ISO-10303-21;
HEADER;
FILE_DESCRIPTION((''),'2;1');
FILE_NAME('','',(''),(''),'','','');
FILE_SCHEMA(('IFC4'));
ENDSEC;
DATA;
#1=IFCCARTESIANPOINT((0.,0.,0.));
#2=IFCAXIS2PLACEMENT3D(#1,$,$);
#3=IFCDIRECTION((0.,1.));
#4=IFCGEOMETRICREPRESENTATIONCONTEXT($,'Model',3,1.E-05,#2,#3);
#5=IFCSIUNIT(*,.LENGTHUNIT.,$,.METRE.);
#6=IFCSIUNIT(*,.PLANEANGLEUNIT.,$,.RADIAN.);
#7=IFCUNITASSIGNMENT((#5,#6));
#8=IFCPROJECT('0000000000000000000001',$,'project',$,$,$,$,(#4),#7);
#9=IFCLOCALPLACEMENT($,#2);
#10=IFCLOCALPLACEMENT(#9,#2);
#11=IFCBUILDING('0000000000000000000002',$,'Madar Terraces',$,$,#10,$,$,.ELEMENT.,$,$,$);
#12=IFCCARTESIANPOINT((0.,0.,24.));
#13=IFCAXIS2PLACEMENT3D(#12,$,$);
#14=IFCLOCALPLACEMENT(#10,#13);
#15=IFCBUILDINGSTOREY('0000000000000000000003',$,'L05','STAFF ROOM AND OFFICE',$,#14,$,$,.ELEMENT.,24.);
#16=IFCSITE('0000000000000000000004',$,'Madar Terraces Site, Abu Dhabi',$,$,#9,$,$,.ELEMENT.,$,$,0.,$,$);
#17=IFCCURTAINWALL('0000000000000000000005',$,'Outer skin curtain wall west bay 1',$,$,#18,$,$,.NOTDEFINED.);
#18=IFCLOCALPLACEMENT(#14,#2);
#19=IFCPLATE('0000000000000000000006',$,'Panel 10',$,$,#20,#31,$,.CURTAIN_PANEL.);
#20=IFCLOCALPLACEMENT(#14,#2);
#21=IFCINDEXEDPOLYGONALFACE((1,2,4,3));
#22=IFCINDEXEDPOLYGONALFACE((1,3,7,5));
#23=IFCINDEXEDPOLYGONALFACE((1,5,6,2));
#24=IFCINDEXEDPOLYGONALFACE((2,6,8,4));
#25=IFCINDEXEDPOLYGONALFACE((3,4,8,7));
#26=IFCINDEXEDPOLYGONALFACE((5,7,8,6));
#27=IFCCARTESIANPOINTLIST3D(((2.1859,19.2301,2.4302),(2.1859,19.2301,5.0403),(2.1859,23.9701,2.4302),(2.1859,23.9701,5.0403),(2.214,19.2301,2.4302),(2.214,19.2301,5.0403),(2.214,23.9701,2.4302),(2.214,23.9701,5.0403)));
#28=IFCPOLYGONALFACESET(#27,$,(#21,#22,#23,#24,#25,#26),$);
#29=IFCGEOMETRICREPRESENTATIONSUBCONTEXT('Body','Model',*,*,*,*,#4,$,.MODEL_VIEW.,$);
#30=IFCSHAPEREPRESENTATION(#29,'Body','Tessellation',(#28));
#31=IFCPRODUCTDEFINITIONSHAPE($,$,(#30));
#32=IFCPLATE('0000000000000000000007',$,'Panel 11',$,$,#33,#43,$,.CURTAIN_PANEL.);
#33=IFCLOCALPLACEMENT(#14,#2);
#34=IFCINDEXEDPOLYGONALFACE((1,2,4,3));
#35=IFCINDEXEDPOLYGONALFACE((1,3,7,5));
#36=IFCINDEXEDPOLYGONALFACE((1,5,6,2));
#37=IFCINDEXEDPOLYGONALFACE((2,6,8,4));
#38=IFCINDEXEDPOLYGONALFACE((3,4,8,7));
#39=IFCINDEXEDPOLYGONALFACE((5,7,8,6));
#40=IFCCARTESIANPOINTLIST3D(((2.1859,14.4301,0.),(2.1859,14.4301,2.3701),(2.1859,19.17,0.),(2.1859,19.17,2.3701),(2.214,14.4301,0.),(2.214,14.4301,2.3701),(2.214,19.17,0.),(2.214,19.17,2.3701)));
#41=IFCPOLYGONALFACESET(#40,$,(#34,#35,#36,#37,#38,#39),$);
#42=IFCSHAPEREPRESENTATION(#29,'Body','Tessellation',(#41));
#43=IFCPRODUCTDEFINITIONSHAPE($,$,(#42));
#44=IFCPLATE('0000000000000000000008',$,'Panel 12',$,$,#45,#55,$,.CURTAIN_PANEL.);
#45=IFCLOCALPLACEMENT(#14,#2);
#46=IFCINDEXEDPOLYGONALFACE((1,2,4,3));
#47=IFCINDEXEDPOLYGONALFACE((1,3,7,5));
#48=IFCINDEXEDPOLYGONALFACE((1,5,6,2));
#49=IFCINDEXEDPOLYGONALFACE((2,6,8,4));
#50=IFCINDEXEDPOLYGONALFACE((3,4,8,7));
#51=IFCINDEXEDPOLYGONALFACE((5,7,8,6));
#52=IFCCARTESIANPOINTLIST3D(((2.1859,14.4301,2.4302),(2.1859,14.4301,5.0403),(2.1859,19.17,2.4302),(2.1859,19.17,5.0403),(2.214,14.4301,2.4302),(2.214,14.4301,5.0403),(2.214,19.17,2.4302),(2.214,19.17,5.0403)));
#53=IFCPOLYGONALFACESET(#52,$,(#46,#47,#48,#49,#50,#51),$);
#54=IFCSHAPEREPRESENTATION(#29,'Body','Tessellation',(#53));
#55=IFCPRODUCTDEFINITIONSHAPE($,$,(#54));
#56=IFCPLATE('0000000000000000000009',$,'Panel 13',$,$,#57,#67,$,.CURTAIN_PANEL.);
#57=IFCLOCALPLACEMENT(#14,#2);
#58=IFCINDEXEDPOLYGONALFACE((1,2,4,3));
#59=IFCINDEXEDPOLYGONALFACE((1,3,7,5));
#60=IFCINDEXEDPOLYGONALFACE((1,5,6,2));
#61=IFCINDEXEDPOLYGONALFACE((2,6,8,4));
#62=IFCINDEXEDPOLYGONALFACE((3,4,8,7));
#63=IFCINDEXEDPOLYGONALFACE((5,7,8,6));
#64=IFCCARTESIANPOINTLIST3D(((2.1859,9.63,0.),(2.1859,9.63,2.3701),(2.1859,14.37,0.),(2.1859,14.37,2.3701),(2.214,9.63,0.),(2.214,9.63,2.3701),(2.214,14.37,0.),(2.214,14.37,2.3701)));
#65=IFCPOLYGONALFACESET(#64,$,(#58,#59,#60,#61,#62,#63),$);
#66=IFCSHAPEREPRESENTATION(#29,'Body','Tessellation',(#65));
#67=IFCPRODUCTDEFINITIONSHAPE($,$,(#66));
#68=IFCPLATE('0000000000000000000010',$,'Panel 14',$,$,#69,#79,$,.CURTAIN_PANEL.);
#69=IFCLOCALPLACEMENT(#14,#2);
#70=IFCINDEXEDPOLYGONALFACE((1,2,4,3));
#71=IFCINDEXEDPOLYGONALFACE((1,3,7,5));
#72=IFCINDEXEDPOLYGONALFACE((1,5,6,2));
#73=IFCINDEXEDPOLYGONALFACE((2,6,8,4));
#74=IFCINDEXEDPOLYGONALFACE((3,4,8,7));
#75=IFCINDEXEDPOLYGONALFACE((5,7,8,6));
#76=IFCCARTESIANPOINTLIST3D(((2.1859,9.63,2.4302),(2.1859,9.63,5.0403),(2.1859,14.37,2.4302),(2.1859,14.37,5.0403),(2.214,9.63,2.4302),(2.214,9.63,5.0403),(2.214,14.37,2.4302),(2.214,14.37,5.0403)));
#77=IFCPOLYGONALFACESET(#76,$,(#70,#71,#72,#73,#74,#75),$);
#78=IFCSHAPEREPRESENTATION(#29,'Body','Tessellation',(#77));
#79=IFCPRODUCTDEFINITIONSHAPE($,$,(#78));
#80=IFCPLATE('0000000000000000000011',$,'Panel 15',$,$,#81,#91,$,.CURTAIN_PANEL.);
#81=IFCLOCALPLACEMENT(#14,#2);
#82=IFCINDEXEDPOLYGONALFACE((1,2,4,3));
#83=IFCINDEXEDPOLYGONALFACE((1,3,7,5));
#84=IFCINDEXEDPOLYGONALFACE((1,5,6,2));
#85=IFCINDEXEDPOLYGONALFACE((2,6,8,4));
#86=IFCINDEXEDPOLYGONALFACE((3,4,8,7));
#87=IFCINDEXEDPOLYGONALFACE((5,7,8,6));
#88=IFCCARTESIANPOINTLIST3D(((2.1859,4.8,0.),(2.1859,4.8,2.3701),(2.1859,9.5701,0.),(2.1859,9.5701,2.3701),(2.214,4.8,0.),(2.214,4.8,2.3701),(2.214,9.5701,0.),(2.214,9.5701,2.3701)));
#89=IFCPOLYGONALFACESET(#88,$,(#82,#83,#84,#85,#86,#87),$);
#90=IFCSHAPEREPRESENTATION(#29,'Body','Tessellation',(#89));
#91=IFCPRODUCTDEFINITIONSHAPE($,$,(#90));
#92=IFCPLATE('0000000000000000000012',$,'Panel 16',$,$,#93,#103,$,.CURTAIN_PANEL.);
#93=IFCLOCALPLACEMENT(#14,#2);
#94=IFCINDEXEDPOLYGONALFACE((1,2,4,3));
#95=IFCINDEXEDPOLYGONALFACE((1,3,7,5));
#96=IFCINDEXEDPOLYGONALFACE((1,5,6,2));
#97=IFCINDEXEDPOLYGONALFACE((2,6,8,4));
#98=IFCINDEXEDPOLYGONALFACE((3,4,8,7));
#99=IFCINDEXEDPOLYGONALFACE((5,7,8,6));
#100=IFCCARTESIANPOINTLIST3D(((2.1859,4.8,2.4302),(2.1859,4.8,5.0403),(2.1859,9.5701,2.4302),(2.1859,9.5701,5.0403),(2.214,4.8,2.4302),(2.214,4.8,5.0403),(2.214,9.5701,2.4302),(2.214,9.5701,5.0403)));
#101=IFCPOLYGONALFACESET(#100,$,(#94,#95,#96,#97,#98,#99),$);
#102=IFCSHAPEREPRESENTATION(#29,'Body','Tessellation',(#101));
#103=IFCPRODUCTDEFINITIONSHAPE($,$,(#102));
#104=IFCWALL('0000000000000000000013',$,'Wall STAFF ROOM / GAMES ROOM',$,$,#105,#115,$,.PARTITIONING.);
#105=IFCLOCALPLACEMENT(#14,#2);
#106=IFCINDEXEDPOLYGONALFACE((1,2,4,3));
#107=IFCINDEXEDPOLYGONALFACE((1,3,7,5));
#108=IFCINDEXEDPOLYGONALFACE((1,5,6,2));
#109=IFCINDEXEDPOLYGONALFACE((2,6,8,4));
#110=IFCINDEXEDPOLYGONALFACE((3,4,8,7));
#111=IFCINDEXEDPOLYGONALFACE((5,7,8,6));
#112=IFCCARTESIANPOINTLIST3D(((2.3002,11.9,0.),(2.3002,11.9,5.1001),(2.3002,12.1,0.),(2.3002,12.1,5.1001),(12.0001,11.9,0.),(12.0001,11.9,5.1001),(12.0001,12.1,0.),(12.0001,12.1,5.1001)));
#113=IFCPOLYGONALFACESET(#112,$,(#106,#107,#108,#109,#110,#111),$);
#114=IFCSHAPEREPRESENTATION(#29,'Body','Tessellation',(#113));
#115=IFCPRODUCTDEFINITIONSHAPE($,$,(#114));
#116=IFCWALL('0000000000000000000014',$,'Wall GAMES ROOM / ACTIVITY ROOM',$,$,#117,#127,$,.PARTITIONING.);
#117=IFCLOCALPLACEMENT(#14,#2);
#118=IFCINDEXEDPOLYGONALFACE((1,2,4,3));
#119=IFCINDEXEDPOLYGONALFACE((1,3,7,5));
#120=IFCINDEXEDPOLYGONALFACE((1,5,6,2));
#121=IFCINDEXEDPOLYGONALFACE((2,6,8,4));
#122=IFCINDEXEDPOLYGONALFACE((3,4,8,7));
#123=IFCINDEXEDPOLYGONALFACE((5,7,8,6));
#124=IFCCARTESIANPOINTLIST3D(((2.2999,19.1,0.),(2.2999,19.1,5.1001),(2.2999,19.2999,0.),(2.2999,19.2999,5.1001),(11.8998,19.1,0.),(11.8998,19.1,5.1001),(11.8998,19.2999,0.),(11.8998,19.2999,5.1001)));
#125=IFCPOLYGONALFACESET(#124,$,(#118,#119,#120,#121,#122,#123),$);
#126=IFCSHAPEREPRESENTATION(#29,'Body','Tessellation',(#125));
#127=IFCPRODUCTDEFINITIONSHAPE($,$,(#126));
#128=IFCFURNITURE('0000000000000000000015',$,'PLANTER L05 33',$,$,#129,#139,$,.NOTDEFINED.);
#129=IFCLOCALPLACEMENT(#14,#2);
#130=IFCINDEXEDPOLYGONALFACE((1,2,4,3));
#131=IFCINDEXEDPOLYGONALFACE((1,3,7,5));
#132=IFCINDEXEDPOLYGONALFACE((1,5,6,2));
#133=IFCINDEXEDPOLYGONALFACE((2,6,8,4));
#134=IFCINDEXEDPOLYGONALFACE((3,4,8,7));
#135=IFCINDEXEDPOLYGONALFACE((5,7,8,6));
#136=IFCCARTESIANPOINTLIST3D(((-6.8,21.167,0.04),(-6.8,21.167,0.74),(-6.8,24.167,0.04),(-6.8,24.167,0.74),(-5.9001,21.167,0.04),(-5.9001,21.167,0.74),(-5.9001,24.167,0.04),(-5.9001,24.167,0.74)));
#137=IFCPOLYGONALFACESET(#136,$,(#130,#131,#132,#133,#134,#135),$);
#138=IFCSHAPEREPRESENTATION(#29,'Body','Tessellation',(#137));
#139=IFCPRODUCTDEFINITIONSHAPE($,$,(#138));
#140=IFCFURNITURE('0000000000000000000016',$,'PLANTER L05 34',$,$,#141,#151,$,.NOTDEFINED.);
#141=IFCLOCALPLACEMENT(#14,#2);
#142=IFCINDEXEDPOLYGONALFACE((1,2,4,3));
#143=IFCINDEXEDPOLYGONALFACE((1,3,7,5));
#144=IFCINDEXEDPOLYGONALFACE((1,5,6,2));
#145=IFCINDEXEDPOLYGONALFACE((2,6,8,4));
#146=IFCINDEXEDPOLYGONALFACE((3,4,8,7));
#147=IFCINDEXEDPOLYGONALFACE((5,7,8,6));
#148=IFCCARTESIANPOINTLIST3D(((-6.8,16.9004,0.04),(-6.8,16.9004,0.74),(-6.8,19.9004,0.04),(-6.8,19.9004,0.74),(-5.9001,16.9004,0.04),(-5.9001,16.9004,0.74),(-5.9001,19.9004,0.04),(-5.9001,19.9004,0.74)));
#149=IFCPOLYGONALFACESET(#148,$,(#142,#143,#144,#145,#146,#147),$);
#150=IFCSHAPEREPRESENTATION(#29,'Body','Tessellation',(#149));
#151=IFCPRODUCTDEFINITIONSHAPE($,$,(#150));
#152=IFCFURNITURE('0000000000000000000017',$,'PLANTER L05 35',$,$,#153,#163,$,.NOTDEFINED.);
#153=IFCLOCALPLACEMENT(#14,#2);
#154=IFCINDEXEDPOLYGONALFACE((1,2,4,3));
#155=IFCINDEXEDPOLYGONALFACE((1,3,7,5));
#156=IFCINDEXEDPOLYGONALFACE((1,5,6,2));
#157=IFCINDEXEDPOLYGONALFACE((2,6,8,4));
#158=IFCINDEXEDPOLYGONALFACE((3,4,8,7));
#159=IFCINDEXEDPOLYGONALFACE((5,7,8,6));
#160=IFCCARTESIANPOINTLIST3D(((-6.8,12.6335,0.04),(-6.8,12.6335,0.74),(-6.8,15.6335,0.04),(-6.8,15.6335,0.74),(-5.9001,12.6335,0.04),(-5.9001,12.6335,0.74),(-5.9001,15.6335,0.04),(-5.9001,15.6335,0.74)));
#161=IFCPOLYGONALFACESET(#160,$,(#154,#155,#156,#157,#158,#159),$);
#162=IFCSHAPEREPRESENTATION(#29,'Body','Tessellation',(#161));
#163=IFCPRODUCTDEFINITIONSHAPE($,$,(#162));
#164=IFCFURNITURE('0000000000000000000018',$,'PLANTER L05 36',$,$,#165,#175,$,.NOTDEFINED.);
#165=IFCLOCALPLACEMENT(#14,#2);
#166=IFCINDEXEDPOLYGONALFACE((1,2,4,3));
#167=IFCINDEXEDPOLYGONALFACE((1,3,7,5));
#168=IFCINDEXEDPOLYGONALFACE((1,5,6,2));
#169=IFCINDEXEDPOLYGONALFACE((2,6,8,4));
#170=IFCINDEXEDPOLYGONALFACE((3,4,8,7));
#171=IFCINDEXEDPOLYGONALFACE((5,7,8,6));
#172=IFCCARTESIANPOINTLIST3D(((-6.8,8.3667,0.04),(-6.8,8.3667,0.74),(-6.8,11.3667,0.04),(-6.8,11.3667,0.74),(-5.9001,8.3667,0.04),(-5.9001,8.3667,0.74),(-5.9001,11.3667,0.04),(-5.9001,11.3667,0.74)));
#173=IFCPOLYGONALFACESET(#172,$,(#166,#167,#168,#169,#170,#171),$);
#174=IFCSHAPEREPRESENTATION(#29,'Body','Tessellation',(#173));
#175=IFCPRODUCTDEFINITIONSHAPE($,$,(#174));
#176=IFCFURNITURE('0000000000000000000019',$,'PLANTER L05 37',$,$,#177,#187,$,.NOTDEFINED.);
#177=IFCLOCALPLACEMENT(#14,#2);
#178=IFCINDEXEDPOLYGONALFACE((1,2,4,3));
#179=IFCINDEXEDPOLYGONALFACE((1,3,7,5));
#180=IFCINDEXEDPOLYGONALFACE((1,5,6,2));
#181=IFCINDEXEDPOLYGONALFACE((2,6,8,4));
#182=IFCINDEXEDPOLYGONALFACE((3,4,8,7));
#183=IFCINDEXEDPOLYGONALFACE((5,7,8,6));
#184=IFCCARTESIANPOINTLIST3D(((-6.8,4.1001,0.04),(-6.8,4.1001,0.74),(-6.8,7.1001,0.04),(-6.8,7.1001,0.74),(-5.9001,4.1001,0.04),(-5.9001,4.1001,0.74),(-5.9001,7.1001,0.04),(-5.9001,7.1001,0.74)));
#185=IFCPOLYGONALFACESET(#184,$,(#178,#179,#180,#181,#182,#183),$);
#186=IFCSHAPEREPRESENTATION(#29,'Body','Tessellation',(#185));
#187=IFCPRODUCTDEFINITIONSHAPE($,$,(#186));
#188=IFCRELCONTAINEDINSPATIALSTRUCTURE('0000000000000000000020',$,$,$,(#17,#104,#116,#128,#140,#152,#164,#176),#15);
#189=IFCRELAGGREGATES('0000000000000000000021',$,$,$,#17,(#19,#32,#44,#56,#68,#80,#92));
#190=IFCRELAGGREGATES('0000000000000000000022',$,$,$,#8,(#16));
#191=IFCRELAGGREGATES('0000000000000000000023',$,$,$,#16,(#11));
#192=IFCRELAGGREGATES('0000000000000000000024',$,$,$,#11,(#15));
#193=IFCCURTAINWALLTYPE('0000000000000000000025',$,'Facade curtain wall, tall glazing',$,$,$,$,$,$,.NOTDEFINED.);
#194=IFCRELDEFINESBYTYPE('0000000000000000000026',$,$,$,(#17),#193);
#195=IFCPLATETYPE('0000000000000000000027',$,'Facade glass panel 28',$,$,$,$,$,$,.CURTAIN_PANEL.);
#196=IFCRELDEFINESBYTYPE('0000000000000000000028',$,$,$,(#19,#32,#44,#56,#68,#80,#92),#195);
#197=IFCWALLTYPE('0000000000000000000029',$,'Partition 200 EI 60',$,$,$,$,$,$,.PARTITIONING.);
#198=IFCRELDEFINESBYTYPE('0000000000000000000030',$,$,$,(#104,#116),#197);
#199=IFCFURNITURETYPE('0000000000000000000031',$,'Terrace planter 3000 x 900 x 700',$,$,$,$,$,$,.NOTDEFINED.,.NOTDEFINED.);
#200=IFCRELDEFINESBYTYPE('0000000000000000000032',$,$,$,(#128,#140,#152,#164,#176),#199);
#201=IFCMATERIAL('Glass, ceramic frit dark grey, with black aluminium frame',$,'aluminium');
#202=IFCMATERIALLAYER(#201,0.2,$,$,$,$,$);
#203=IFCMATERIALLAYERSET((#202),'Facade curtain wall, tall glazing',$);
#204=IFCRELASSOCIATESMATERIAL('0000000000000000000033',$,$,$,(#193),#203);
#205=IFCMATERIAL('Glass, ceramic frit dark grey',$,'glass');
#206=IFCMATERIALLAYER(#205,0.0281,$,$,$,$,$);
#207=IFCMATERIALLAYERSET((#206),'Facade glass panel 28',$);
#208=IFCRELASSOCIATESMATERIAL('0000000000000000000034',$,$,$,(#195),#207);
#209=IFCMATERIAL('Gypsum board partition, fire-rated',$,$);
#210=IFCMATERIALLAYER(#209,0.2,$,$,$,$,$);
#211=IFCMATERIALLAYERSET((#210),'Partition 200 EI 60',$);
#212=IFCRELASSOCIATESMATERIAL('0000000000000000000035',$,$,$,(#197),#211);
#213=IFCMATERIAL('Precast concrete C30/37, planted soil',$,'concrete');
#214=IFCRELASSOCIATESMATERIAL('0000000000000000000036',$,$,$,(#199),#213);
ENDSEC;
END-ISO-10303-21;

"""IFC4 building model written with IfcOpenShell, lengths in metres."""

from ifc_helpers import new_model, si_unit, direction, frame, frame_2d, origin, origin_2d, place, context, subcontext, project, spatial, rectangle, extrude, material, layer, layer_set, type_object, element, aggregate, save


model = new_model("IFC4")

# Units and contexts
model_context = context("Model", 3, precision=1e-05, world=origin(), true_north=direction((0.0, 1.0)))
body_context = subcontext(model_context, "Body", "Model", "MODEL_VIEW")
ifc_project = project(units=[si_unit("LENGTHUNIT", "METRE"), si_unit("PLANEANGLEUNIT", "RADIAN")], contexts=[model_context])

# Site, building, storey
site_placement = place(None, origin())
site = spatial("IfcSite", under=ifc_project, at=site_placement, Name="Madar Terraces Site, Abu Dhabi", CompositionType="ELEMENT", RefElevation=0.0)
building_placement = place(site_placement, origin())
building = spatial("IfcBuilding", under=site, at=building_placement, Name="Madar Terraces", CompositionType="ELEMENT")
storey_placement = place(building_placement, frame((0.0, 0.0, 24.0)))
storey = spatial("IfcBuildingStorey", under=building, at=storey_placement, Name="L05", Description="STAFF ROOM AND OFFICE", CompositionType="ELEMENT", Elevation=24.0)

# Curtain wall
ifc_material_1 = material(Name="Glass, ceramic frit dark grey, with black aluminium frame", Category="aluminium")
ifc_layer_1 = layer(ifc_material_1, 0.2)
ifc_layer_set_1 = layer_set([ifc_layer_1], Name="Facade curtain wall, tall glazing")
curtain_wall_type = type_object("IfcCurtainWallType", Name="Facade curtain wall, tall glazing", PredefinedType="NOTDEFINED", material=ifc_layer_set_1)
curtain_wall_1_placement = place(storey_placement, origin())
curtain_wall_1 = element("IfcCurtainWall", 1, at=curtain_wall_1_placement, inside=storey, type_object=curtain_wall_type, Name="Outer skin curtain wall west bay 1", PredefinedType="NOTDEFINED")

# Plates
ifc_material_2 = material(Name="Glass, ceramic frit dark grey", Category="glass")
ifc_layer_2 = layer(ifc_material_2, 0.0281)
ifc_layer_set_2 = layer_set([ifc_layer_2], Name="Facade glass panel 28")
plate_type = type_object("IfcPlateType", Name="Facade glass panel 28", PredefinedType="CURTAIN_PANEL", material=ifc_layer_set_2)
plate_1_placement = place(storey_placement, frame((2.2, 21.6001, 2.4302), z_axis=(0.0, 0.0, 1.0), x_axis=(0.0, -1.0, 0.0)))
plate_1 = element("IfcPlate", 2, at=plate_1_placement, type_object=plate_type, Name="Panel 10", PredefinedType="CURTAIN_PANEL", context=body_context, shape_type="SweptSolid", body=[
    extrude(rectangle(XDim=4.74, YDim=0.0281, at=origin_2d()), origin(), (0.0, 0.0, 1.0), 2.6101),
])
plate_2_placement = place(storey_placement, frame((2.2, 16.8, 0.0), z_axis=(0.0, 0.0, 1.0), x_axis=(0.0, -1.0, 0.0)))
plate_2 = element("IfcPlate", 3, at=plate_2_placement, type_object=plate_type, Name="Panel 11", PredefinedType="CURTAIN_PANEL", context=body_context, shape_type="SweptSolid", body=[
    extrude(rectangle(XDim=4.74, YDim=0.0281, at=origin_2d()), origin(), (0.0, 0.0, 1.0), 2.3701),
])
plate_3_placement = place(storey_placement, frame((2.2, 16.8, 2.4302), z_axis=(0.0, 0.0, 1.0), x_axis=(0.0, -1.0, 0.0)))
plate_3 = element("IfcPlate", 4, at=plate_3_placement, type_object=plate_type, Name="Panel 12", PredefinedType="CURTAIN_PANEL", context=body_context, shape_type="SweptSolid", body=[
    extrude(rectangle(XDim=4.74, YDim=0.0281, at=origin_2d()), origin(), (0.0, 0.0, 1.0), 2.6101),
])
plate_4_placement = place(storey_placement, frame((2.2, 12.0, 0.0), z_axis=(0.0, 0.0, 1.0), x_axis=(0.0, -1.0, 0.0)))
plate_4 = element("IfcPlate", 5, at=plate_4_placement, type_object=plate_type, Name="Panel 13", PredefinedType="CURTAIN_PANEL", context=body_context, shape_type="SweptSolid", body=[
    extrude(rectangle(XDim=4.74, YDim=0.0281, at=origin_2d()), origin(), (0.0, 0.0, 1.0), 2.3701),
])
plate_5_placement = place(storey_placement, frame((2.2, 12.0, 2.4302), z_axis=(0.0, 0.0, 1.0), x_axis=(0.0, -1.0, 0.0)))
plate_5 = element("IfcPlate", 6, at=plate_5_placement, type_object=plate_type, Name="Panel 14", PredefinedType="CURTAIN_PANEL", context=body_context, shape_type="SweptSolid", body=[
    extrude(rectangle(XDim=4.74, YDim=0.0281, at=origin_2d()), origin(), (0.0, 0.0, 1.0), 2.6101),
])
plate_6_placement = place(storey_placement, frame((2.2, 7.1851, 0.0), z_axis=(0.0, 0.0, 1.0), x_axis=(0.0, -1.0, 0.0)))
plate_6 = element("IfcPlate", 7, at=plate_6_placement, type_object=plate_type, Name="Panel 15", PredefinedType="CURTAIN_PANEL", context=body_context, shape_type="SweptSolid", body=[
    extrude(rectangle(XDim=4.77, YDim=0.0281, at=origin_2d()), origin(), (0.0, 0.0, 1.0), 2.3701),
])
plate_7_placement = place(storey_placement, frame((2.2, 7.1851, 2.4302), z_axis=(0.0, 0.0, 1.0), x_axis=(0.0, -1.0, 0.0)))
plate_7 = element("IfcPlate", 8, at=plate_7_placement, type_object=plate_type, Name="Panel 16", PredefinedType="CURTAIN_PANEL", context=body_context, shape_type="SweptSolid", body=[
    extrude(rectangle(XDim=4.77, YDim=0.0281, at=origin_2d()), origin(), (0.0, 0.0, 1.0), 2.6101),
])
aggregate(curtain_wall_1, [plate_1, plate_2, plate_3, plate_4, plate_5, plate_6, plate_7])

# Walls
ifc_material_3 = material(Name="Gypsum board partition, fire-rated")
ifc_layer_3 = layer(ifc_material_3, 0.2)
ifc_layer_set_3 = layer_set([ifc_layer_3], Name="Partition 200 EI 60")
wall_type = type_object("IfcWallType", Name="Partition 200 EI 60", PredefinedType="PARTITIONING", material=ifc_layer_set_3)
wall_1_placement = place(storey_placement, frame((2.3, 12.0, 0.0), z_axis=(0.0, 0.0, 1.0), x_axis=(1.0, 0.0, 0.0)))
element("IfcWall", 9, at=wall_1_placement, inside=storey, type_object=wall_type, Name="Wall STAFF ROOM / GAMES ROOM", PredefinedType="PARTITIONING", context=body_context, shape_type="SweptSolid", body=[
    extrude(rectangle(XDim=9.7, YDim=0.2, at=frame_2d((4.8501, 0.0))), origin(), (0.0, 0.0, 1.0), 5.1001),
])
wall_2_placement = place(storey_placement, frame((2.3, 19.2, 0.0), z_axis=(0.0, 0.0, 1.0), x_axis=(1.0, 0.0, 0.0)))
element("IfcWall", 10, at=wall_2_placement, inside=storey, type_object=wall_type, Name="Wall GAMES ROOM / ACTIVITY ROOM", PredefinedType="PARTITIONING", context=body_context, shape_type="SweptSolid", body=[
    extrude(rectangle(XDim=9.5999, YDim=0.2, at=frame_2d((4.7998, 0.0))), origin(), (0.0, 0.0, 1.0), 5.1001),
])

# Furniture
ifc_material_4 = material(Name="Precast concrete C30/37, planted soil", Category="concrete")
furniture_type = type_object("IfcFurnitureType", Name="Terrace planter 3000 x 900 x 700", AssemblyPlace="NOTDEFINED", PredefinedType="NOTDEFINED", material=ifc_material_4)
for number, where, z_axis, x_axis, name in (
    (11, (-6.3501, 22.667, 0.04), (0.0, 0.0, 1.0), (0.0, -1.0, 0.0), "PLANTER L05 33"),
    (12, (-6.3501, 18.4004, 0.04), (0.0, 0.0, 1.0), (0.0, -1.0, 0.0), "PLANTER L05 34"),
    (13, (-6.3501, 14.1335, 0.04), (0.0, 0.0, 1.0), (0.0, -1.0, 0.0), "PLANTER L05 35"),
    (14, (-6.3501, 9.8667, 0.04), (0.0, 0.0, 1.0), (0.0, -1.0, 0.0), "PLANTER L05 36"),
    (15, (-6.3501, 5.6001, 0.04), (0.0, 0.0, 1.0), (0.0, -1.0, 0.0), "PLANTER L05 37"),
):
    element("IfcFurniture", number, at=place(storey_placement, frame(where, z_axis=z_axis, x_axis=x_axis)), inside=storey, type_object=furniture_type, Name=name, PredefinedType="NOTDEFINED", context=body_context, shape_type="SweptSolid", body=[
        extrude(rectangle(XDim=3.0, YDim=0.8999, at=origin_2d()), origin(), (0.0, 0.0, 1.0), 0.7),
    ])

save(model, "model.ifc")
